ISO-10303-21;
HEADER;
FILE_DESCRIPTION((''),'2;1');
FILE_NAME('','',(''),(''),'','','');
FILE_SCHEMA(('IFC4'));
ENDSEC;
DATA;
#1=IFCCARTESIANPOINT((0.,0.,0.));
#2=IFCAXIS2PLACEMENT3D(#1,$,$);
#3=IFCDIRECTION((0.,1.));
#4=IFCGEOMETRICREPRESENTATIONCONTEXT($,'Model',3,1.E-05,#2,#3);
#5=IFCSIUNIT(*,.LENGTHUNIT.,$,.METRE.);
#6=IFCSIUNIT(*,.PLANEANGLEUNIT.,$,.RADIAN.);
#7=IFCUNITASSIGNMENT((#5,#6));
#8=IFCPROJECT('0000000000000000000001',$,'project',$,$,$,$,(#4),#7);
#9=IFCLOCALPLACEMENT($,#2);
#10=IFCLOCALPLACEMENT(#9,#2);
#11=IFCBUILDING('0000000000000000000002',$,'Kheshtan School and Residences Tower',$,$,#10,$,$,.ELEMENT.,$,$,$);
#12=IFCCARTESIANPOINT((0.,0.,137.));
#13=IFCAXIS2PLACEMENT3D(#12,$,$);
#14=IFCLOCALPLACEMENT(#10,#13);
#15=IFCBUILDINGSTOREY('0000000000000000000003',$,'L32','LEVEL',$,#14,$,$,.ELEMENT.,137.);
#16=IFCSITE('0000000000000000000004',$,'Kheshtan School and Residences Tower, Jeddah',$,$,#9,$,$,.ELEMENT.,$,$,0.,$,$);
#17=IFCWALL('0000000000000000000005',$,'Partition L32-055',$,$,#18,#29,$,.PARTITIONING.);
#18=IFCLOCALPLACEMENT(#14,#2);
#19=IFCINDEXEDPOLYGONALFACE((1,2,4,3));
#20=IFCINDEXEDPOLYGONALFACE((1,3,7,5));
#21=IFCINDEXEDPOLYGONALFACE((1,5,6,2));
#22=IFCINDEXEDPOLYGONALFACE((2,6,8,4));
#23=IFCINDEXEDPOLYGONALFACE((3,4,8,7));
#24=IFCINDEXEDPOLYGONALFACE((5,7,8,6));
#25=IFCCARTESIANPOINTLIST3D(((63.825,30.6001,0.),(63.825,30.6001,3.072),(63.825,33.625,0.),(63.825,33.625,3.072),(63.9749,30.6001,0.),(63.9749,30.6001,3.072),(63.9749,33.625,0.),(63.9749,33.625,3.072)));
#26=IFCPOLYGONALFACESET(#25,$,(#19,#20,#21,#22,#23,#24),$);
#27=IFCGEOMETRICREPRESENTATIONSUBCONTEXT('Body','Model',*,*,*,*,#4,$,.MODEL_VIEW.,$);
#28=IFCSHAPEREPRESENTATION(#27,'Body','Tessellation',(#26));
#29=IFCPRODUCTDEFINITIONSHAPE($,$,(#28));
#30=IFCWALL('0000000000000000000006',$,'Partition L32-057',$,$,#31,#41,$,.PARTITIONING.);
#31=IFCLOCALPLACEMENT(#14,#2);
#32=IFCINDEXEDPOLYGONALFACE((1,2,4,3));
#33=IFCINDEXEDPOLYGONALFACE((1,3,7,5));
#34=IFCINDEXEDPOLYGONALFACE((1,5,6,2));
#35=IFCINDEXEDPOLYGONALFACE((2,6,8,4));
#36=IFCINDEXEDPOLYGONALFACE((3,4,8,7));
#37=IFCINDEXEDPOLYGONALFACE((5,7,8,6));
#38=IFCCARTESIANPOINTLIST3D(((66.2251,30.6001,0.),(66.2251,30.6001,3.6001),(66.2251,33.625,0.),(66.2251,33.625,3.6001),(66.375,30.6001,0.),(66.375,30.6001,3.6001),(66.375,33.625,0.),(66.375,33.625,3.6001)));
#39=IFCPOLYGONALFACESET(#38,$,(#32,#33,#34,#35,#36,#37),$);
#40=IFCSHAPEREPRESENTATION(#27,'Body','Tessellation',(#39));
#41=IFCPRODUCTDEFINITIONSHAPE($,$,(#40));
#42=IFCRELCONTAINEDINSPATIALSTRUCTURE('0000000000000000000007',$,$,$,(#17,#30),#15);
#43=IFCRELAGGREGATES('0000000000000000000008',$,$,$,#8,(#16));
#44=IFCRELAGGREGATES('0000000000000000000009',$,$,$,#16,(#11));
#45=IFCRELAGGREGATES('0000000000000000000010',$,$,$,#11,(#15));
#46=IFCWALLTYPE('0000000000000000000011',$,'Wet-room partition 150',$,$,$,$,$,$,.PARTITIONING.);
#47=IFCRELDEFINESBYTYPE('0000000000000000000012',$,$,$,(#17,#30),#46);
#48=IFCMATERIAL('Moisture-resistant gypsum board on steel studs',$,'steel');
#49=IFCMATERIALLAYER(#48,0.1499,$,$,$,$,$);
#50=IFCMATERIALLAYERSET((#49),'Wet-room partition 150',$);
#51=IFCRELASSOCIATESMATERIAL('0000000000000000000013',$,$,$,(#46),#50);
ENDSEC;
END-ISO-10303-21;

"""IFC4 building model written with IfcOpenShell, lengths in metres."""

from ifc_helpers import new_model, si_unit, direction, frame, frame_2d, origin, place, context, subcontext, project, spatial, rectangle, extrude, material, layer, layer_set, type_object, element, save


model = new_model("IFC4")

# Units and contexts
model_context = context("Model", 3, precision=1e-05, world=origin(), true_north=direction((0.0, 1.0)))
body_context = subcontext(model_context, "Body", "Model", "MODEL_VIEW")
ifc_project = project(units=[si_unit("LENGTHUNIT", "METRE"), si_unit("PLANEANGLEUNIT", "RADIAN")], contexts=[model_context])

# Site, building, storey
site_placement = place(None, origin())
site = spatial("IfcSite", under=ifc_project, at=site_placement, Name="Kheshtan School and Residences Tower, Jeddah", CompositionType="ELEMENT", RefElevation=0.0)
building_placement = place(site_placement, origin())
building = spatial("IfcBuilding", under=site, at=building_placement, Name="Kheshtan School and Residences Tower", CompositionType="ELEMENT")
storey_placement = place(building_placement, frame((0.0, 0.0, 137.0)))
storey = spatial("IfcBuildingStorey", under=building, at=storey_placement, Name="L32", Description="LEVEL", CompositionType="ELEMENT", Elevation=137.0)

# Shared definitions
ifc_material_1 = material(Name="Moisture-resistant gypsum board on steel studs", Category="steel")
ifc_layer_1 = layer(ifc_material_1, 0.1499)
ifc_layer_set_1 = layer_set([ifc_layer_1], Name="Wet-room partition 150")
wall_type_1 = type_object("IfcWallType", Name="Wet-room partition 150", PredefinedType="PARTITIONING", material=ifc_layer_set_1)

# Walls
wall_1_placement = place(storey_placement, frame((63.8999, 30.6001, 0.0), z_axis=(0.0, 0.0, 1.0), x_axis=(0.0, 1.0, 0.0)))
element("IfcWall", 1, at=wall_1_placement, inside=storey, type_object=wall_type_1, Name="Partition L32-055", PredefinedType="PARTITIONING", context=body_context, shape_type="SweptSolid", body=[
    extrude(rectangle(XDim=3.0249, YDim=0.1499, at=frame_2d((1.5125, 0.0))), origin(), (0.0, 0.0, 1.0), 3.072),
])
wall_2_placement = place(storey_placement, frame((66.3, 30.6001, 0.0), z_axis=(0.0, 0.0, 1.0), x_axis=(0.0, 1.0, 0.0)))
element("IfcWall", 2, at=wall_2_placement, inside=storey, type_object=wall_type_1, Name="Partition L32-057", PredefinedType="PARTITIONING", context=body_context, shape_type="SweptSolid", body=[
    extrude(rectangle(XDim=3.0249, YDim=0.1499, at=frame_2d((1.5125, 0.0))), origin(), (0.0, 0.0, 1.0), 3.6001),
])

save(model, "model.ifc")
